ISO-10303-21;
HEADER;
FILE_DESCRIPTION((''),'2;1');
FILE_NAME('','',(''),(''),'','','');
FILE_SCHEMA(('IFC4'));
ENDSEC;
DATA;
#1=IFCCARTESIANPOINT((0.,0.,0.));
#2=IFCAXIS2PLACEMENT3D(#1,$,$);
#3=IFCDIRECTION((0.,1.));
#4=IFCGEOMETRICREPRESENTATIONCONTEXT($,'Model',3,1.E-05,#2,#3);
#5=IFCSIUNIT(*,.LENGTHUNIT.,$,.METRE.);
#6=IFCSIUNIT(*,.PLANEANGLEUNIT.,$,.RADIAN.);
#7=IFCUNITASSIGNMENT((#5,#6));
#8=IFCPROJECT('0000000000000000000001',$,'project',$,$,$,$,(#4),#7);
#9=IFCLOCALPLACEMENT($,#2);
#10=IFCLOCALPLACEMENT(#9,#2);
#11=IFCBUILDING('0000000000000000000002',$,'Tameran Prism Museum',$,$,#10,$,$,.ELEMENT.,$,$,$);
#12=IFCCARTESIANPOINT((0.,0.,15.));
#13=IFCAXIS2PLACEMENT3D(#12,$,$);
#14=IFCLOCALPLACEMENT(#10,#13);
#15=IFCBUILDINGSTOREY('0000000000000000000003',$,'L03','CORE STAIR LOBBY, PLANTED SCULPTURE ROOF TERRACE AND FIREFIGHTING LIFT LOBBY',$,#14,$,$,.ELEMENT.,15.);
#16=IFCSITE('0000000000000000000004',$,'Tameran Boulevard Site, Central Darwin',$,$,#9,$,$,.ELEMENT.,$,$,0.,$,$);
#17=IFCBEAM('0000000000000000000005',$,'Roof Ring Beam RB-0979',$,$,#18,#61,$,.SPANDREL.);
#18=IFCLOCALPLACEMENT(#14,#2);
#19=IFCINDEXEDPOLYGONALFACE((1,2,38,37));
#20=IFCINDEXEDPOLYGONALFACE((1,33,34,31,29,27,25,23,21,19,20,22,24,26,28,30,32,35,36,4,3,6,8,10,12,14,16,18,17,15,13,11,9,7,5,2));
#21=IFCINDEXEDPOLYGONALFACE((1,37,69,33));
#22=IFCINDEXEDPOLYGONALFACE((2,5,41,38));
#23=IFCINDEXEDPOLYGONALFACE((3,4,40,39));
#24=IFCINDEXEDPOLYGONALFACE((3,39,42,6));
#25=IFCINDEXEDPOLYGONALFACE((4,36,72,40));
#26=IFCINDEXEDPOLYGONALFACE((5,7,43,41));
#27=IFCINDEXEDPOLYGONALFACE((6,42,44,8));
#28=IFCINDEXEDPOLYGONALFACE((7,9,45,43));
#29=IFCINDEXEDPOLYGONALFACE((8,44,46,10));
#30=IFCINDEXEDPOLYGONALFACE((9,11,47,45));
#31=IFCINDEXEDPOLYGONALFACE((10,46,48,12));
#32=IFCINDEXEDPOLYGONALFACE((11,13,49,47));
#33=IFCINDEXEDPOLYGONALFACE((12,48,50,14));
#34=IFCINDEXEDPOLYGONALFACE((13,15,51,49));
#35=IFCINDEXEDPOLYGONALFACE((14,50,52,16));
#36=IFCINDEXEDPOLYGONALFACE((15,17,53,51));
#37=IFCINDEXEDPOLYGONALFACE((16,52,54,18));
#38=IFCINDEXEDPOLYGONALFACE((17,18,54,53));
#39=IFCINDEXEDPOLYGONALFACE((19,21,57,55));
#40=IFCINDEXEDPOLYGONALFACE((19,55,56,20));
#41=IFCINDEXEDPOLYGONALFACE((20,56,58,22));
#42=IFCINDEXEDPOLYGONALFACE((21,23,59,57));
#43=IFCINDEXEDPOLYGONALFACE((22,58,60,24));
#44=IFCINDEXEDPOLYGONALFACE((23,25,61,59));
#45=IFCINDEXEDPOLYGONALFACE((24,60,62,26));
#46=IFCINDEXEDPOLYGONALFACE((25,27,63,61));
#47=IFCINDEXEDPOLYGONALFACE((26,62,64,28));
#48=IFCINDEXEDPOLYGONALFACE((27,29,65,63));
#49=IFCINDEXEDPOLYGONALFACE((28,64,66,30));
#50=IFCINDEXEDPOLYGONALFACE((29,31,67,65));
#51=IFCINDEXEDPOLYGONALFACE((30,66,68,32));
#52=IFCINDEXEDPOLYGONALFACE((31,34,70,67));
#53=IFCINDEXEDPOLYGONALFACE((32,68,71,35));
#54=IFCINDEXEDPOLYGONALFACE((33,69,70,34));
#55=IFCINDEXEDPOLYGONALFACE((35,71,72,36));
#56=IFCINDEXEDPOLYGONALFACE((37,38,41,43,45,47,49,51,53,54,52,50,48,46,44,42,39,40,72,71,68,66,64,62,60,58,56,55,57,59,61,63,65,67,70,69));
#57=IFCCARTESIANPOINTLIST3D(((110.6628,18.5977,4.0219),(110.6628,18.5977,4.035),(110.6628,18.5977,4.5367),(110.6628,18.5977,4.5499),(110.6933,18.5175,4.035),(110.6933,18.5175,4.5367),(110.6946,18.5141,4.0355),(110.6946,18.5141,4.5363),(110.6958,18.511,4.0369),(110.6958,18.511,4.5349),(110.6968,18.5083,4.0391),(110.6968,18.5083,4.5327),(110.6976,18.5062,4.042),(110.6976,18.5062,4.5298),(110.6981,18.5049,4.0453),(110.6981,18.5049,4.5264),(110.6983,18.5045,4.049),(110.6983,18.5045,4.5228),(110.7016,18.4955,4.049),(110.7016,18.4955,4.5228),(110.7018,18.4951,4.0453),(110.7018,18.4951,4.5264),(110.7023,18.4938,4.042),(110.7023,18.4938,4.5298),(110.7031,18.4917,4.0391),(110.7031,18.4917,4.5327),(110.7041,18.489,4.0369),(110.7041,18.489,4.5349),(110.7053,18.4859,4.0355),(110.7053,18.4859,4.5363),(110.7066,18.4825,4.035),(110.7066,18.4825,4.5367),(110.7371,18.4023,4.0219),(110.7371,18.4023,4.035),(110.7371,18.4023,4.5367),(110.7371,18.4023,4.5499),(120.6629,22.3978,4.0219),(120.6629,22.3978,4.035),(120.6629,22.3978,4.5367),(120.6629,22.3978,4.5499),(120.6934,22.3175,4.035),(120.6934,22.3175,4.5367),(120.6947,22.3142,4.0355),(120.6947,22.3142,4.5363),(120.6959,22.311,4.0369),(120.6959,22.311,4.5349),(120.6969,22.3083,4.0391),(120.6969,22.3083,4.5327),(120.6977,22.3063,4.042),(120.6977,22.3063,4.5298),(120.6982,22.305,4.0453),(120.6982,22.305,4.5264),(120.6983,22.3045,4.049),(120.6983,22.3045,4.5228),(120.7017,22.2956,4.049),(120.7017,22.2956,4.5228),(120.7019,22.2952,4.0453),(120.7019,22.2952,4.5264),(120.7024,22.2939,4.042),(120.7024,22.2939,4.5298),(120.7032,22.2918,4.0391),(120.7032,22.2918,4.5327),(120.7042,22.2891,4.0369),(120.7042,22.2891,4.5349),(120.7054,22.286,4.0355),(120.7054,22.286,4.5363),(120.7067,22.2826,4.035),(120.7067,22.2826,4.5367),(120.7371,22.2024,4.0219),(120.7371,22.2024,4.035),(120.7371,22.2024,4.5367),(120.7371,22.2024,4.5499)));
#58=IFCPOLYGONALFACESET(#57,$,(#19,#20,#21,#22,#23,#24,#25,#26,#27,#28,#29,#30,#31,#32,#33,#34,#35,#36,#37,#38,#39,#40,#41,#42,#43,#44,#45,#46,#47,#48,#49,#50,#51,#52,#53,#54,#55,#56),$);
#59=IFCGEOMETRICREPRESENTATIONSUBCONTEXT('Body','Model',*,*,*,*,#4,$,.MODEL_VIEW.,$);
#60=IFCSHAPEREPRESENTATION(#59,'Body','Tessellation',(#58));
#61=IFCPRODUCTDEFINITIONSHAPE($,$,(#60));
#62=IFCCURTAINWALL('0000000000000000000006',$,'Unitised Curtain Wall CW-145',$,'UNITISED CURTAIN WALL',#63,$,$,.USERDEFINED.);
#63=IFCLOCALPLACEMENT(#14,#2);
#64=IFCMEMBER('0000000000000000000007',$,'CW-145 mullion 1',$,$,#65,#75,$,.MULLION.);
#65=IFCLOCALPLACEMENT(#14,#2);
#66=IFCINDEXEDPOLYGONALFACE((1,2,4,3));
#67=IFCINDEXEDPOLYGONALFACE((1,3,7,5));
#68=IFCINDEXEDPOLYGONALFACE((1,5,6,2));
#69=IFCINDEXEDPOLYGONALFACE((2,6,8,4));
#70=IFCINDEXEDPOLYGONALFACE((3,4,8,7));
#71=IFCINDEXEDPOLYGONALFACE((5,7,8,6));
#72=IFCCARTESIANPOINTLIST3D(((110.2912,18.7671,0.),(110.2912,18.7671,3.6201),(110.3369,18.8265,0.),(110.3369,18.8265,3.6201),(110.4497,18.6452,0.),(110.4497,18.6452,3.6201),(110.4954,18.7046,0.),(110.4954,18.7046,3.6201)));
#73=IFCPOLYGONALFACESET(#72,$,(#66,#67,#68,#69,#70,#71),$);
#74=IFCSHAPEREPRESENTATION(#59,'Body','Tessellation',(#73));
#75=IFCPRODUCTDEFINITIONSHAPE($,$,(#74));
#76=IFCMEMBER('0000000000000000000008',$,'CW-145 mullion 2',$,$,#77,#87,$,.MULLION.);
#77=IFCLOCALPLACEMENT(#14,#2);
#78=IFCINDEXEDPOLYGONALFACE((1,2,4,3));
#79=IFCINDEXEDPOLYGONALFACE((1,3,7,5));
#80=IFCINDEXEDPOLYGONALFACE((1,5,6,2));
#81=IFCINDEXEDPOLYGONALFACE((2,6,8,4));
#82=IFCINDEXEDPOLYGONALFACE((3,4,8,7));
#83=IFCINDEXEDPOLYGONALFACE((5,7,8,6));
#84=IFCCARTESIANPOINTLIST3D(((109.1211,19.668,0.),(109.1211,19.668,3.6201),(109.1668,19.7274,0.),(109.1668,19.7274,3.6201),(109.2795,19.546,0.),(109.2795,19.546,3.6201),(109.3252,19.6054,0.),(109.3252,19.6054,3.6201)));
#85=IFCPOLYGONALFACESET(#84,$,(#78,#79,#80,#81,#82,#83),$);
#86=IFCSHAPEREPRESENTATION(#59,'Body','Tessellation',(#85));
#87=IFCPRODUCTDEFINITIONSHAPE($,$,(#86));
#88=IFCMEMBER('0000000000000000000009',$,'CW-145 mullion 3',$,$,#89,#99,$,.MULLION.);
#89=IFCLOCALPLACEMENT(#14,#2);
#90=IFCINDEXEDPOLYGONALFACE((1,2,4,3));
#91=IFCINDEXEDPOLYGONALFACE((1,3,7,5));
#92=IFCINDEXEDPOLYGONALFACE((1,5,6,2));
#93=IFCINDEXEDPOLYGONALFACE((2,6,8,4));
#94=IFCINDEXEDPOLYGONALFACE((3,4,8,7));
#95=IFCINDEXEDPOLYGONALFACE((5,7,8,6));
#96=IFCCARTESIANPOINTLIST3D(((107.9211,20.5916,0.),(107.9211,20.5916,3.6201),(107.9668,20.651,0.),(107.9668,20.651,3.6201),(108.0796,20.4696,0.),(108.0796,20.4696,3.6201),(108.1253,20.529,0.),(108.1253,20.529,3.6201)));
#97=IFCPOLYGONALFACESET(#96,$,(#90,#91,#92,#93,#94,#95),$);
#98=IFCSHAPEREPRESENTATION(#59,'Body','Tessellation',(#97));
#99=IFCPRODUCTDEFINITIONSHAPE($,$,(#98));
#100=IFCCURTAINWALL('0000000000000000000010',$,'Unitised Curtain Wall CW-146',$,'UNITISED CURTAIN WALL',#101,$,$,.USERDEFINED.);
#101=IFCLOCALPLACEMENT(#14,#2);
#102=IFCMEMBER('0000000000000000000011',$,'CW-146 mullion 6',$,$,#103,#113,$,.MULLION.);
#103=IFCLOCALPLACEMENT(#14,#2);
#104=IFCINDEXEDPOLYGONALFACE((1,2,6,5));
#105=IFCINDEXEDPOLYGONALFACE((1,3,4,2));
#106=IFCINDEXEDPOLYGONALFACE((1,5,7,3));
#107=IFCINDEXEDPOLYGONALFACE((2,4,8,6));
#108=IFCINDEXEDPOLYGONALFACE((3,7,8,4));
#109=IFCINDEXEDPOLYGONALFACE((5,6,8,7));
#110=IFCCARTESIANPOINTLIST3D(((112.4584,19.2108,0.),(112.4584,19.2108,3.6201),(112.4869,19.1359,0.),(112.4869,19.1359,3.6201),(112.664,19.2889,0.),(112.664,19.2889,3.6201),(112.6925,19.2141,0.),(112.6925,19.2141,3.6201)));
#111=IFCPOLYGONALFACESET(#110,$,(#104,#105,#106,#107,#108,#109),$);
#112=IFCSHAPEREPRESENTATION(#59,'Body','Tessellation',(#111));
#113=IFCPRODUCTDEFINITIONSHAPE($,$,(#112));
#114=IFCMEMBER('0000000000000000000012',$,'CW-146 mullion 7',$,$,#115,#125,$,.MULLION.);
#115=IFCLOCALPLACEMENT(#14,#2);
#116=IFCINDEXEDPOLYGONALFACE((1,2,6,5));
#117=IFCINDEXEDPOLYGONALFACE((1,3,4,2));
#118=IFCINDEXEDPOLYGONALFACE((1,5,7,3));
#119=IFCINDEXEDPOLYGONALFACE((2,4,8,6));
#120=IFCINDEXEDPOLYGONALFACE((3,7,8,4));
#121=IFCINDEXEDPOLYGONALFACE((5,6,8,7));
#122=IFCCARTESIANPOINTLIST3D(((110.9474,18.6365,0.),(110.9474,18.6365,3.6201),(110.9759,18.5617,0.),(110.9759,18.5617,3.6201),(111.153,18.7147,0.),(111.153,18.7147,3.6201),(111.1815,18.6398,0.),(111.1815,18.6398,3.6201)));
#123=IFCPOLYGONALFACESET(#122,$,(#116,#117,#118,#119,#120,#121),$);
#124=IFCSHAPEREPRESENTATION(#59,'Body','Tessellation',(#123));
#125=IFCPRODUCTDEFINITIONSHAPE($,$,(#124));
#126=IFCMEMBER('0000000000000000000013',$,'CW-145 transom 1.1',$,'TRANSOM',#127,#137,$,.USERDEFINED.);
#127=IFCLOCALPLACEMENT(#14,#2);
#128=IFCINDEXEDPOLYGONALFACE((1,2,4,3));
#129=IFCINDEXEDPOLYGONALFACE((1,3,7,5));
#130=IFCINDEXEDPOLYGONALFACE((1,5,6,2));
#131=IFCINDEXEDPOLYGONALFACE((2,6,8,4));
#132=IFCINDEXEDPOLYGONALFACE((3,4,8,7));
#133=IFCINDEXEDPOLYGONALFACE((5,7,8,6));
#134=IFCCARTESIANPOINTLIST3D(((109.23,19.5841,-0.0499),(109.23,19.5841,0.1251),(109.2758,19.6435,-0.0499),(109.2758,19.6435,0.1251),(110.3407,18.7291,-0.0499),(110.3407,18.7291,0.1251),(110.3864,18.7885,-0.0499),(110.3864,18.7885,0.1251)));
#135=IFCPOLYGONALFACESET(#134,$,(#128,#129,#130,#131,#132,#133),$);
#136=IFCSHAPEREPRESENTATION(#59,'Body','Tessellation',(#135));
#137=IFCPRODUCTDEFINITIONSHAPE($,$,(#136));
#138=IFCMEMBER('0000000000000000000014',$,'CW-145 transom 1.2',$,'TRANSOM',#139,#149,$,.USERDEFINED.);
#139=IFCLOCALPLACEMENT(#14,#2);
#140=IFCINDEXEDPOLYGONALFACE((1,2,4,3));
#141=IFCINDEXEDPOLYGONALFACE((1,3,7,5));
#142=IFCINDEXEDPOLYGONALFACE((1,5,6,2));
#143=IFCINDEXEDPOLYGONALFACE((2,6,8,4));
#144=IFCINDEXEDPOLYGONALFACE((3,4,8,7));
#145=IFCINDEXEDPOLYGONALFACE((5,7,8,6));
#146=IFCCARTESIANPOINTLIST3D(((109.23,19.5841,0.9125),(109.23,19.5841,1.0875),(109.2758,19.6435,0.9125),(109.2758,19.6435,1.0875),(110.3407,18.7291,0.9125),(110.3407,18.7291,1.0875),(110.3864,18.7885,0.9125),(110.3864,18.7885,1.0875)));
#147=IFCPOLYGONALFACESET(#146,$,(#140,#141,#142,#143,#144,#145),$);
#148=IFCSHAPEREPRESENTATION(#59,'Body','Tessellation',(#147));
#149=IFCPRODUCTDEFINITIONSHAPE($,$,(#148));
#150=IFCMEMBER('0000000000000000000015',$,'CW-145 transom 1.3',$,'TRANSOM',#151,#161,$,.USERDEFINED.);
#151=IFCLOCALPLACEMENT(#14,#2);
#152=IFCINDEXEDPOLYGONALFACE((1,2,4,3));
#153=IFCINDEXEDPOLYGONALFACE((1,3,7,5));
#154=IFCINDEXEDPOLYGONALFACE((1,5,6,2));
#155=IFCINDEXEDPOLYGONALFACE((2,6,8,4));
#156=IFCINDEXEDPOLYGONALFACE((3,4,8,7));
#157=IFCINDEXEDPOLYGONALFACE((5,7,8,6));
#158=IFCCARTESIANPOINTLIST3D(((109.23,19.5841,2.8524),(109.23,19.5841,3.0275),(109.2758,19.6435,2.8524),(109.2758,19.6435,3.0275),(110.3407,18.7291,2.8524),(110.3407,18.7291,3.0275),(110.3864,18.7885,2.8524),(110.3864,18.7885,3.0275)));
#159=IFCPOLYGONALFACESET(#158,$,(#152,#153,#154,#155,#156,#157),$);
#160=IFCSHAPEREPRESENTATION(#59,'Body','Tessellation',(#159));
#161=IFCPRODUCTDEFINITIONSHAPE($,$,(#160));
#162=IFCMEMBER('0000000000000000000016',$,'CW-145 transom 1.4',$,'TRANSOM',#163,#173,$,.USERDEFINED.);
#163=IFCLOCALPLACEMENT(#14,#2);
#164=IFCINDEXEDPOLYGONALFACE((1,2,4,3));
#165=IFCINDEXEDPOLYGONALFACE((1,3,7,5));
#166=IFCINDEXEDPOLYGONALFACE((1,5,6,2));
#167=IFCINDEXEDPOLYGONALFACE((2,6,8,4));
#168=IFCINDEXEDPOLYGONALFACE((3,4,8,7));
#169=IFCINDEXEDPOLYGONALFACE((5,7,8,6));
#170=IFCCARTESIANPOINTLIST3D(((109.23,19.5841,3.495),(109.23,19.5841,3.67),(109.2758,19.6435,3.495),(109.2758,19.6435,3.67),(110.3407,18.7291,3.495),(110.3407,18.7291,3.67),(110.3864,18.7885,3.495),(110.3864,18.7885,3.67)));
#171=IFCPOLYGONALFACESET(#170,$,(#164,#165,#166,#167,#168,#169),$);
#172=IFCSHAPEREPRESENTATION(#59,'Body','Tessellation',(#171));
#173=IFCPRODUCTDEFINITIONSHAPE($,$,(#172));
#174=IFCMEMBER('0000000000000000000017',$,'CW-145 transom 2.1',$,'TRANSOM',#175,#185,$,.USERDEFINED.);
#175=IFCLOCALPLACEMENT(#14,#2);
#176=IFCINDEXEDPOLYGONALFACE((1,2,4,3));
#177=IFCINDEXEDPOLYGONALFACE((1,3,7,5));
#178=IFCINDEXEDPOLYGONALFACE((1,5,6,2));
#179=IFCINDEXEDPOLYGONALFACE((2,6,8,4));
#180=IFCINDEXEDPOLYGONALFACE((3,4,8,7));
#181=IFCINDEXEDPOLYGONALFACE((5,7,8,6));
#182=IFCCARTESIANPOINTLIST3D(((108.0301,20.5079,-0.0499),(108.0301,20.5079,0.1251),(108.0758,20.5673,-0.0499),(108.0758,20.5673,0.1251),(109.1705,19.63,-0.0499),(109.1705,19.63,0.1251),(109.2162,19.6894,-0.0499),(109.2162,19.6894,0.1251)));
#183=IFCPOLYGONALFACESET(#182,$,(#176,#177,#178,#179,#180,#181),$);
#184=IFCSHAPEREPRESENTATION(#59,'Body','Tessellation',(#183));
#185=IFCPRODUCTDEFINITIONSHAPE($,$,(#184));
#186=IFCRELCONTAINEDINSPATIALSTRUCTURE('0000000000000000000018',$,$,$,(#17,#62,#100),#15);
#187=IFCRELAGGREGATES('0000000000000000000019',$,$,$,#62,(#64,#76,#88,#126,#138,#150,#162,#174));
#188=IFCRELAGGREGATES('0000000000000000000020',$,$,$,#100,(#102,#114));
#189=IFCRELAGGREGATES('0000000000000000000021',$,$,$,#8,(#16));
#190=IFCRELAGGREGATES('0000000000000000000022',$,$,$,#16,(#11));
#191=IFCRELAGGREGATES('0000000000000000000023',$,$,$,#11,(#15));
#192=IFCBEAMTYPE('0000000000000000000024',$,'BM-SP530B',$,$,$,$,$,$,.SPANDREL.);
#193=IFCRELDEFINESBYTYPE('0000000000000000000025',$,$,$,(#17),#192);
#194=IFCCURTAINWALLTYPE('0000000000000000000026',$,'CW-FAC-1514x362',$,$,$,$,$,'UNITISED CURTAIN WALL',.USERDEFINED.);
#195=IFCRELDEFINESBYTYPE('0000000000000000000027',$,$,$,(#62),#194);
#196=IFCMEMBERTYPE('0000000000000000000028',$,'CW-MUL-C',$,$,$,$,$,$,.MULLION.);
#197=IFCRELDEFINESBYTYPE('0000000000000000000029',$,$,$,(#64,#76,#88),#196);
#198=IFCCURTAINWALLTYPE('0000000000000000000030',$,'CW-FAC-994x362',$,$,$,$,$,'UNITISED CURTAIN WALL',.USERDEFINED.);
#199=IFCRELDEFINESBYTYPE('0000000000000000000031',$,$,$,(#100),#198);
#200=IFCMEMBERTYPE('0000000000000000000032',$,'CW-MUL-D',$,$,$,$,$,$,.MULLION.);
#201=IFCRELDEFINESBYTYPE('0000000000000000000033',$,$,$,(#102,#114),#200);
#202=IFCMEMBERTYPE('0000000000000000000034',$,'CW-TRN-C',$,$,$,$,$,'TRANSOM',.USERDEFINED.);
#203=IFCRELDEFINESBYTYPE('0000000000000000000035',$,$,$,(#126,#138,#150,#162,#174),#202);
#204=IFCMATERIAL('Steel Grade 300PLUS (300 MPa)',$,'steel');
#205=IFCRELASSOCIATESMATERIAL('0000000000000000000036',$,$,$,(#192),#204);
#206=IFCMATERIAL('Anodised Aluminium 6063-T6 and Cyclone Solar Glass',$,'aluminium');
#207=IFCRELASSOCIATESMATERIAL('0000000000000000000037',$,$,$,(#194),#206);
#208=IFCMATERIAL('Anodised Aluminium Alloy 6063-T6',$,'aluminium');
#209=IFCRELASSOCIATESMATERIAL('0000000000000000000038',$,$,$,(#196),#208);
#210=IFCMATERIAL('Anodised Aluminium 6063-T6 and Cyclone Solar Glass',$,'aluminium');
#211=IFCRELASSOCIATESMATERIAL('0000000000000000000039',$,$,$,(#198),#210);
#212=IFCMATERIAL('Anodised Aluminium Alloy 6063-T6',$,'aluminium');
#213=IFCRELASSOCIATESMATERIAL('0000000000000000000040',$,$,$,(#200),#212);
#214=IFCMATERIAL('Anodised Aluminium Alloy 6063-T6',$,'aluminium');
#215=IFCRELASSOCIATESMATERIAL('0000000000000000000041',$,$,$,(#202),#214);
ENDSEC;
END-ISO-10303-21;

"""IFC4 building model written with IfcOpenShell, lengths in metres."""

from ifc_helpers import new_model, si_unit, direction, frame, origin, origin_2d, place, context, subcontext, project, spatial, rectangle, i_section, extrude, material, material_profile, profile_set, type_object, element, aggregate, save


model = new_model("IFC4")

# Units and contexts
model_context = context("Model", 3, precision=1e-05, world=origin(), true_north=direction((0.0, 1.0)))
body_context = subcontext(model_context, "Body", "Model", "MODEL_VIEW")
ifc_project = project(units=[si_unit("LENGTHUNIT", "METRE"), si_unit("PLANEANGLEUNIT", "RADIAN")], contexts=[model_context])

# Site, building, storey
site_placement = place(None, origin())
site = spatial("IfcSite", under=ifc_project, at=site_placement, Name="Tameran Boulevard Site, Central Darwin", CompositionType="ELEMENT", RefElevation=0.0)
building_placement = place(site_placement, origin())
building = spatial("IfcBuilding", under=site, at=building_placement, Name="Tameran Prism Museum", CompositionType="ELEMENT")
storey_placement = place(building_placement, frame((0.0, 0.0, 15.0)))
storey = spatial("IfcBuildingStorey", under=building, at=storey_placement, Name="L03", Description="CORE STAIR LOBBY, PLANTED SCULPTURE ROOF TERRACE AND FIREFIGHTING LIFT LOBBY", CompositionType="ELEMENT", Elevation=15.0)

# Beam
ifc_material_1 = material(Name="Steel Grade 300PLUS (300 MPa)", Category="steel")
ifc_material_profile_1 = material_profile(ifc_material_1, i_section(OverallWidth=0.209, OverallDepth=0.5281, WebThickness=0.0095, FlangeThickness=0.0132, FilletRadius=0.0139, at=origin_2d()))
ifc_profile_set_1 = profile_set([ifc_material_profile_1])
beam_type_1 = type_object("IfcBeamType", Name="BM-SP530B", PredefinedType="SPANDREL", material=ifc_profile_set_1)
beam_1_placement = place(storey_placement, frame((110.7, 18.5, 4.2859), z_axis=(0.934782, 0.355222, 0.0), x_axis=(-0.355222, 0.934782, 0.0)))
element("IfcBeam", 1, at=beam_1_placement, inside=storey, type_object=beam_type_1, Name="Roof Ring Beam RB-0979", PredefinedType="SPANDREL", context=body_context, shape_type="SweptSolid", body=[
    extrude(i_section(OverallWidth=0.209, OverallDepth=0.5281, WebThickness=0.0095, FlangeThickness=0.0132, FilletRadius=0.0139, at=origin_2d()), origin(), (0.0, 0.0, 1.0), 10.6978),
])

# Curtain walls, members
ifc_material_2 = material(Name="Anodised Aluminium 6063-T6 and Cyclone Solar Glass", Category="aluminium")
curtain_wall_type_1 = type_object("IfcCurtainWallType", Name="CW-FAC-1514x362", ElementType="UNITISED CURTAIN WALL", PredefinedType="USERDEFINED", material=ifc_material_2)
curtain_wall_1_placement = place(storey_placement, origin())
curtain_wall_1 = element("IfcCurtainWall", 2, at=curtain_wall_1_placement, inside=storey, type_object=curtain_wall_type_1, Name="Unitised Curtain Wall CW-145", ObjectType="UNITISED CURTAIN WALL", PredefinedType="USERDEFINED")
ifc_material_3 = material(Name="Anodised Aluminium Alloy 6063-T6", Category="aluminium")
ifc_material_profile_2 = material_profile(ifc_material_3, rectangle(XDim=0.075, YDim=0.2, at=origin_2d()))
ifc_profile_set_2 = profile_set([ifc_material_profile_2])
member_type_1 = type_object("IfcMemberType", Name="CW-MUL-C", PredefinedType="MULLION", material=ifc_profile_set_2)
member_1_placement = place(storey_placement, frame((110.3933, 18.7358, 0.0), z_axis=(0.0, 0.0, 1.0), x_axis=(-0.610001, -0.792401, 0.0)))
member_1 = element("IfcMember", 3, at=member_1_placement, type_object=member_type_1, Name="CW-145 mullion 1", PredefinedType="MULLION", context=body_context, shape_type="SweptSolid", body=[
    extrude(rectangle(XDim=0.075, YDim=0.2, at=origin_2d()), origin(), (0.0, 0.0, 1.0), 3.6201),
])
member_2_placement = place(storey_placement, frame((109.2231, 19.6367, 0.0), z_axis=(0.0, 0.0, 1.0), x_axis=(-0.610001, -0.792401, 0.0)))
member_2 = element("IfcMember", 4, at=member_2_placement, type_object=member_type_1, Name="CW-145 mullion 2", PredefinedType="MULLION", context=body_context, shape_type="SweptSolid", body=[
    extrude(rectangle(XDim=0.075, YDim=0.2, at=origin_2d()), origin(), (0.0, 0.0, 1.0), 3.6201),
])
member_3_placement = place(storey_placement, frame((108.0232, 20.5603, 0.0), z_axis=(0.0, 0.0, 1.0), x_axis=(-0.610001, -0.792401, 0.0)))
member_3 = element("IfcMember", 5, at=member_3_placement, type_object=member_type_1, Name="CW-145 mullion 3", PredefinedType="MULLION", context=body_context, shape_type="SweptSolid", body=[
    extrude(rectangle(XDim=0.075, YDim=0.2, at=origin_2d()), origin(), (0.0, 0.0, 1.0), 3.6201),
])
ifc_material_4 = material(Name="Anodised Aluminium 6063-T6 and Cyclone Solar Glass", Category="aluminium")
curtain_wall_type_2 = type_object("IfcCurtainWallType", Name="CW-FAC-994x362", ElementType="UNITISED CURTAIN WALL", PredefinedType="USERDEFINED", material=ifc_material_4)
curtain_wall_2_placement = place(storey_placement, origin())
curtain_wall_2 = element("IfcCurtainWall", 6, at=curtain_wall_2_placement, inside=storey, type_object=curtain_wall_type_2, Name="Unitised Curtain Wall CW-146", ObjectType="UNITISED CURTAIN WALL", PredefinedType="USERDEFINED")
ifc_material_5 = material(Name="Anodised Aluminium Alloy 6063-T6", Category="aluminium")
ifc_material_profile_3 = material_profile(ifc_material_5, rectangle(XDim=0.0801, YDim=0.22, at=origin_2d()))
ifc_profile_set_3 = profile_set([ifc_material_profile_3])
member_type_2 = type_object("IfcMemberType", Name="CW-MUL-D", PredefinedType="MULLION", material=ifc_profile_set_3)
member_4_placement = place(storey_placement, frame((112.5754, 19.2124, 0.0), z_axis=(0.0, 0.0, 1.0), x_axis=(0.355288, -0.934757, 0.0)))
member_4 = element("IfcMember", 7, at=member_4_placement, type_object=member_type_2, Name="CW-146 mullion 6", PredefinedType="MULLION", context=body_context, shape_type="SweptSolid", body=[
    extrude(rectangle(XDim=0.0801, YDim=0.22, at=origin_2d()), origin(), (0.0, 0.0, 1.0), 3.6201),
])
member_5_placement = place(storey_placement, frame((111.0645, 18.6382, 0.0), z_axis=(0.0, 0.0, 1.0), x_axis=(0.355288, -0.934757, 0.0)))
member_5 = element("IfcMember", 8, at=member_5_placement, type_object=member_type_2, Name="CW-146 mullion 7", PredefinedType="MULLION", context=body_context, shape_type="SweptSolid", body=[
    extrude(rectangle(XDim=0.0801, YDim=0.22, at=origin_2d()), origin(), (0.0, 0.0, 1.0), 3.6201),
])

# Members
ifc_material_6 = material(Name="Anodised Aluminium Alloy 6063-T6", Category="aluminium")
ifc_material_profile_4 = material_profile(ifc_material_6, rectangle(XDim=0.075, YDim=0.175, at=origin_2d()))
ifc_profile_set_4 = profile_set([ifc_material_profile_4])
member_type_3 = type_object("IfcMemberType", Name="CW-TRN-C", ElementType="TRANSOM", PredefinedType="USERDEFINED", material=ifc_profile_set_4)
member_6_placement = place(storey_placement, frame((110.3635, 18.7588, 0.0376), z_axis=(-0.792391, 0.610014, 0.0), x_axis=(-0.610014, -0.792391, 0.0)))
member_6 = element("IfcMember", 9, at=member_6_placement, type_object=member_type_3, Name="CW-145 transom 1.1", ObjectType="TRANSOM", PredefinedType="USERDEFINED", context=body_context, shape_type="SweptSolid", body=[
    extrude(rectangle(XDim=0.075, YDim=0.175, at=origin_2d()), origin(), (0.0, 0.0, 1.0), 1.4016),
])
member_7_placement = place(storey_placement, frame((110.3635, 18.7588, 1.0), z_axis=(-0.792391, 0.610014, 0.0), x_axis=(-0.610014, -0.792391, 0.0)))
member_7 = element("IfcMember", 10, at=member_7_placement, type_object=member_type_3, Name="CW-145 transom 1.2", ObjectType="TRANSOM", PredefinedType="USERDEFINED", context=body_context, shape_type="SweptSolid", body=[
    extrude(rectangle(XDim=0.075, YDim=0.175, at=origin_2d()), origin(), (0.0, 0.0, 1.0), 1.4016),
])
member_8_placement = place(storey_placement, frame((110.3635, 18.7588, 2.9399), z_axis=(-0.792391, 0.610014, 0.0), x_axis=(-0.610014, -0.792391, 0.0)))
member_8 = element("IfcMember", 11, at=member_8_placement, type_object=member_type_3, Name="CW-145 transom 1.3", ObjectType="TRANSOM", PredefinedType="USERDEFINED", context=body_context, shape_type="SweptSolid", body=[
    extrude(rectangle(XDim=0.075, YDim=0.175, at=origin_2d()), origin(), (0.0, 0.0, 1.0), 1.4016),
])
member_9_placement = place(storey_placement, frame((110.3635, 18.7588, 3.5825), z_axis=(-0.792391, 0.610014, 0.0), x_axis=(-0.610014, -0.792391, 0.0)))
member_9 = element("IfcMember", 12, at=member_9_placement, type_object=member_type_3, Name="CW-145 transom 1.4", ObjectType="TRANSOM", PredefinedType="USERDEFINED", context=body_context, shape_type="SweptSolid", body=[
    extrude(rectangle(XDim=0.075, YDim=0.175, at=origin_2d()), origin(), (0.0, 0.0, 1.0), 1.4016),
])
member_10_placement = place(storey_placement, frame((109.1934, 19.6597, 0.0376), z_axis=(-0.792384, 0.610022, 0.0), x_axis=(-0.610022, -0.792384, 0.0)))
member_10 = element("IfcMember", 13, at=member_10_placement, type_object=member_type_3, Name="CW-145 transom 2.1", ObjectType="TRANSOM", PredefinedType="USERDEFINED", context=body_context, shape_type="SweptSolid", body=[
    extrude(rectangle(XDim=0.075, YDim=0.175, at=origin_2d()), origin(), (0.0, 0.0, 1.0), 1.4392),
])

aggregate(curtain_wall_1, [member_1, member_2, member_3, member_6, member_7, member_8, member_9, member_10])
aggregate(curtain_wall_2, [member_4, member_5])

save(model, "model.ifc")
